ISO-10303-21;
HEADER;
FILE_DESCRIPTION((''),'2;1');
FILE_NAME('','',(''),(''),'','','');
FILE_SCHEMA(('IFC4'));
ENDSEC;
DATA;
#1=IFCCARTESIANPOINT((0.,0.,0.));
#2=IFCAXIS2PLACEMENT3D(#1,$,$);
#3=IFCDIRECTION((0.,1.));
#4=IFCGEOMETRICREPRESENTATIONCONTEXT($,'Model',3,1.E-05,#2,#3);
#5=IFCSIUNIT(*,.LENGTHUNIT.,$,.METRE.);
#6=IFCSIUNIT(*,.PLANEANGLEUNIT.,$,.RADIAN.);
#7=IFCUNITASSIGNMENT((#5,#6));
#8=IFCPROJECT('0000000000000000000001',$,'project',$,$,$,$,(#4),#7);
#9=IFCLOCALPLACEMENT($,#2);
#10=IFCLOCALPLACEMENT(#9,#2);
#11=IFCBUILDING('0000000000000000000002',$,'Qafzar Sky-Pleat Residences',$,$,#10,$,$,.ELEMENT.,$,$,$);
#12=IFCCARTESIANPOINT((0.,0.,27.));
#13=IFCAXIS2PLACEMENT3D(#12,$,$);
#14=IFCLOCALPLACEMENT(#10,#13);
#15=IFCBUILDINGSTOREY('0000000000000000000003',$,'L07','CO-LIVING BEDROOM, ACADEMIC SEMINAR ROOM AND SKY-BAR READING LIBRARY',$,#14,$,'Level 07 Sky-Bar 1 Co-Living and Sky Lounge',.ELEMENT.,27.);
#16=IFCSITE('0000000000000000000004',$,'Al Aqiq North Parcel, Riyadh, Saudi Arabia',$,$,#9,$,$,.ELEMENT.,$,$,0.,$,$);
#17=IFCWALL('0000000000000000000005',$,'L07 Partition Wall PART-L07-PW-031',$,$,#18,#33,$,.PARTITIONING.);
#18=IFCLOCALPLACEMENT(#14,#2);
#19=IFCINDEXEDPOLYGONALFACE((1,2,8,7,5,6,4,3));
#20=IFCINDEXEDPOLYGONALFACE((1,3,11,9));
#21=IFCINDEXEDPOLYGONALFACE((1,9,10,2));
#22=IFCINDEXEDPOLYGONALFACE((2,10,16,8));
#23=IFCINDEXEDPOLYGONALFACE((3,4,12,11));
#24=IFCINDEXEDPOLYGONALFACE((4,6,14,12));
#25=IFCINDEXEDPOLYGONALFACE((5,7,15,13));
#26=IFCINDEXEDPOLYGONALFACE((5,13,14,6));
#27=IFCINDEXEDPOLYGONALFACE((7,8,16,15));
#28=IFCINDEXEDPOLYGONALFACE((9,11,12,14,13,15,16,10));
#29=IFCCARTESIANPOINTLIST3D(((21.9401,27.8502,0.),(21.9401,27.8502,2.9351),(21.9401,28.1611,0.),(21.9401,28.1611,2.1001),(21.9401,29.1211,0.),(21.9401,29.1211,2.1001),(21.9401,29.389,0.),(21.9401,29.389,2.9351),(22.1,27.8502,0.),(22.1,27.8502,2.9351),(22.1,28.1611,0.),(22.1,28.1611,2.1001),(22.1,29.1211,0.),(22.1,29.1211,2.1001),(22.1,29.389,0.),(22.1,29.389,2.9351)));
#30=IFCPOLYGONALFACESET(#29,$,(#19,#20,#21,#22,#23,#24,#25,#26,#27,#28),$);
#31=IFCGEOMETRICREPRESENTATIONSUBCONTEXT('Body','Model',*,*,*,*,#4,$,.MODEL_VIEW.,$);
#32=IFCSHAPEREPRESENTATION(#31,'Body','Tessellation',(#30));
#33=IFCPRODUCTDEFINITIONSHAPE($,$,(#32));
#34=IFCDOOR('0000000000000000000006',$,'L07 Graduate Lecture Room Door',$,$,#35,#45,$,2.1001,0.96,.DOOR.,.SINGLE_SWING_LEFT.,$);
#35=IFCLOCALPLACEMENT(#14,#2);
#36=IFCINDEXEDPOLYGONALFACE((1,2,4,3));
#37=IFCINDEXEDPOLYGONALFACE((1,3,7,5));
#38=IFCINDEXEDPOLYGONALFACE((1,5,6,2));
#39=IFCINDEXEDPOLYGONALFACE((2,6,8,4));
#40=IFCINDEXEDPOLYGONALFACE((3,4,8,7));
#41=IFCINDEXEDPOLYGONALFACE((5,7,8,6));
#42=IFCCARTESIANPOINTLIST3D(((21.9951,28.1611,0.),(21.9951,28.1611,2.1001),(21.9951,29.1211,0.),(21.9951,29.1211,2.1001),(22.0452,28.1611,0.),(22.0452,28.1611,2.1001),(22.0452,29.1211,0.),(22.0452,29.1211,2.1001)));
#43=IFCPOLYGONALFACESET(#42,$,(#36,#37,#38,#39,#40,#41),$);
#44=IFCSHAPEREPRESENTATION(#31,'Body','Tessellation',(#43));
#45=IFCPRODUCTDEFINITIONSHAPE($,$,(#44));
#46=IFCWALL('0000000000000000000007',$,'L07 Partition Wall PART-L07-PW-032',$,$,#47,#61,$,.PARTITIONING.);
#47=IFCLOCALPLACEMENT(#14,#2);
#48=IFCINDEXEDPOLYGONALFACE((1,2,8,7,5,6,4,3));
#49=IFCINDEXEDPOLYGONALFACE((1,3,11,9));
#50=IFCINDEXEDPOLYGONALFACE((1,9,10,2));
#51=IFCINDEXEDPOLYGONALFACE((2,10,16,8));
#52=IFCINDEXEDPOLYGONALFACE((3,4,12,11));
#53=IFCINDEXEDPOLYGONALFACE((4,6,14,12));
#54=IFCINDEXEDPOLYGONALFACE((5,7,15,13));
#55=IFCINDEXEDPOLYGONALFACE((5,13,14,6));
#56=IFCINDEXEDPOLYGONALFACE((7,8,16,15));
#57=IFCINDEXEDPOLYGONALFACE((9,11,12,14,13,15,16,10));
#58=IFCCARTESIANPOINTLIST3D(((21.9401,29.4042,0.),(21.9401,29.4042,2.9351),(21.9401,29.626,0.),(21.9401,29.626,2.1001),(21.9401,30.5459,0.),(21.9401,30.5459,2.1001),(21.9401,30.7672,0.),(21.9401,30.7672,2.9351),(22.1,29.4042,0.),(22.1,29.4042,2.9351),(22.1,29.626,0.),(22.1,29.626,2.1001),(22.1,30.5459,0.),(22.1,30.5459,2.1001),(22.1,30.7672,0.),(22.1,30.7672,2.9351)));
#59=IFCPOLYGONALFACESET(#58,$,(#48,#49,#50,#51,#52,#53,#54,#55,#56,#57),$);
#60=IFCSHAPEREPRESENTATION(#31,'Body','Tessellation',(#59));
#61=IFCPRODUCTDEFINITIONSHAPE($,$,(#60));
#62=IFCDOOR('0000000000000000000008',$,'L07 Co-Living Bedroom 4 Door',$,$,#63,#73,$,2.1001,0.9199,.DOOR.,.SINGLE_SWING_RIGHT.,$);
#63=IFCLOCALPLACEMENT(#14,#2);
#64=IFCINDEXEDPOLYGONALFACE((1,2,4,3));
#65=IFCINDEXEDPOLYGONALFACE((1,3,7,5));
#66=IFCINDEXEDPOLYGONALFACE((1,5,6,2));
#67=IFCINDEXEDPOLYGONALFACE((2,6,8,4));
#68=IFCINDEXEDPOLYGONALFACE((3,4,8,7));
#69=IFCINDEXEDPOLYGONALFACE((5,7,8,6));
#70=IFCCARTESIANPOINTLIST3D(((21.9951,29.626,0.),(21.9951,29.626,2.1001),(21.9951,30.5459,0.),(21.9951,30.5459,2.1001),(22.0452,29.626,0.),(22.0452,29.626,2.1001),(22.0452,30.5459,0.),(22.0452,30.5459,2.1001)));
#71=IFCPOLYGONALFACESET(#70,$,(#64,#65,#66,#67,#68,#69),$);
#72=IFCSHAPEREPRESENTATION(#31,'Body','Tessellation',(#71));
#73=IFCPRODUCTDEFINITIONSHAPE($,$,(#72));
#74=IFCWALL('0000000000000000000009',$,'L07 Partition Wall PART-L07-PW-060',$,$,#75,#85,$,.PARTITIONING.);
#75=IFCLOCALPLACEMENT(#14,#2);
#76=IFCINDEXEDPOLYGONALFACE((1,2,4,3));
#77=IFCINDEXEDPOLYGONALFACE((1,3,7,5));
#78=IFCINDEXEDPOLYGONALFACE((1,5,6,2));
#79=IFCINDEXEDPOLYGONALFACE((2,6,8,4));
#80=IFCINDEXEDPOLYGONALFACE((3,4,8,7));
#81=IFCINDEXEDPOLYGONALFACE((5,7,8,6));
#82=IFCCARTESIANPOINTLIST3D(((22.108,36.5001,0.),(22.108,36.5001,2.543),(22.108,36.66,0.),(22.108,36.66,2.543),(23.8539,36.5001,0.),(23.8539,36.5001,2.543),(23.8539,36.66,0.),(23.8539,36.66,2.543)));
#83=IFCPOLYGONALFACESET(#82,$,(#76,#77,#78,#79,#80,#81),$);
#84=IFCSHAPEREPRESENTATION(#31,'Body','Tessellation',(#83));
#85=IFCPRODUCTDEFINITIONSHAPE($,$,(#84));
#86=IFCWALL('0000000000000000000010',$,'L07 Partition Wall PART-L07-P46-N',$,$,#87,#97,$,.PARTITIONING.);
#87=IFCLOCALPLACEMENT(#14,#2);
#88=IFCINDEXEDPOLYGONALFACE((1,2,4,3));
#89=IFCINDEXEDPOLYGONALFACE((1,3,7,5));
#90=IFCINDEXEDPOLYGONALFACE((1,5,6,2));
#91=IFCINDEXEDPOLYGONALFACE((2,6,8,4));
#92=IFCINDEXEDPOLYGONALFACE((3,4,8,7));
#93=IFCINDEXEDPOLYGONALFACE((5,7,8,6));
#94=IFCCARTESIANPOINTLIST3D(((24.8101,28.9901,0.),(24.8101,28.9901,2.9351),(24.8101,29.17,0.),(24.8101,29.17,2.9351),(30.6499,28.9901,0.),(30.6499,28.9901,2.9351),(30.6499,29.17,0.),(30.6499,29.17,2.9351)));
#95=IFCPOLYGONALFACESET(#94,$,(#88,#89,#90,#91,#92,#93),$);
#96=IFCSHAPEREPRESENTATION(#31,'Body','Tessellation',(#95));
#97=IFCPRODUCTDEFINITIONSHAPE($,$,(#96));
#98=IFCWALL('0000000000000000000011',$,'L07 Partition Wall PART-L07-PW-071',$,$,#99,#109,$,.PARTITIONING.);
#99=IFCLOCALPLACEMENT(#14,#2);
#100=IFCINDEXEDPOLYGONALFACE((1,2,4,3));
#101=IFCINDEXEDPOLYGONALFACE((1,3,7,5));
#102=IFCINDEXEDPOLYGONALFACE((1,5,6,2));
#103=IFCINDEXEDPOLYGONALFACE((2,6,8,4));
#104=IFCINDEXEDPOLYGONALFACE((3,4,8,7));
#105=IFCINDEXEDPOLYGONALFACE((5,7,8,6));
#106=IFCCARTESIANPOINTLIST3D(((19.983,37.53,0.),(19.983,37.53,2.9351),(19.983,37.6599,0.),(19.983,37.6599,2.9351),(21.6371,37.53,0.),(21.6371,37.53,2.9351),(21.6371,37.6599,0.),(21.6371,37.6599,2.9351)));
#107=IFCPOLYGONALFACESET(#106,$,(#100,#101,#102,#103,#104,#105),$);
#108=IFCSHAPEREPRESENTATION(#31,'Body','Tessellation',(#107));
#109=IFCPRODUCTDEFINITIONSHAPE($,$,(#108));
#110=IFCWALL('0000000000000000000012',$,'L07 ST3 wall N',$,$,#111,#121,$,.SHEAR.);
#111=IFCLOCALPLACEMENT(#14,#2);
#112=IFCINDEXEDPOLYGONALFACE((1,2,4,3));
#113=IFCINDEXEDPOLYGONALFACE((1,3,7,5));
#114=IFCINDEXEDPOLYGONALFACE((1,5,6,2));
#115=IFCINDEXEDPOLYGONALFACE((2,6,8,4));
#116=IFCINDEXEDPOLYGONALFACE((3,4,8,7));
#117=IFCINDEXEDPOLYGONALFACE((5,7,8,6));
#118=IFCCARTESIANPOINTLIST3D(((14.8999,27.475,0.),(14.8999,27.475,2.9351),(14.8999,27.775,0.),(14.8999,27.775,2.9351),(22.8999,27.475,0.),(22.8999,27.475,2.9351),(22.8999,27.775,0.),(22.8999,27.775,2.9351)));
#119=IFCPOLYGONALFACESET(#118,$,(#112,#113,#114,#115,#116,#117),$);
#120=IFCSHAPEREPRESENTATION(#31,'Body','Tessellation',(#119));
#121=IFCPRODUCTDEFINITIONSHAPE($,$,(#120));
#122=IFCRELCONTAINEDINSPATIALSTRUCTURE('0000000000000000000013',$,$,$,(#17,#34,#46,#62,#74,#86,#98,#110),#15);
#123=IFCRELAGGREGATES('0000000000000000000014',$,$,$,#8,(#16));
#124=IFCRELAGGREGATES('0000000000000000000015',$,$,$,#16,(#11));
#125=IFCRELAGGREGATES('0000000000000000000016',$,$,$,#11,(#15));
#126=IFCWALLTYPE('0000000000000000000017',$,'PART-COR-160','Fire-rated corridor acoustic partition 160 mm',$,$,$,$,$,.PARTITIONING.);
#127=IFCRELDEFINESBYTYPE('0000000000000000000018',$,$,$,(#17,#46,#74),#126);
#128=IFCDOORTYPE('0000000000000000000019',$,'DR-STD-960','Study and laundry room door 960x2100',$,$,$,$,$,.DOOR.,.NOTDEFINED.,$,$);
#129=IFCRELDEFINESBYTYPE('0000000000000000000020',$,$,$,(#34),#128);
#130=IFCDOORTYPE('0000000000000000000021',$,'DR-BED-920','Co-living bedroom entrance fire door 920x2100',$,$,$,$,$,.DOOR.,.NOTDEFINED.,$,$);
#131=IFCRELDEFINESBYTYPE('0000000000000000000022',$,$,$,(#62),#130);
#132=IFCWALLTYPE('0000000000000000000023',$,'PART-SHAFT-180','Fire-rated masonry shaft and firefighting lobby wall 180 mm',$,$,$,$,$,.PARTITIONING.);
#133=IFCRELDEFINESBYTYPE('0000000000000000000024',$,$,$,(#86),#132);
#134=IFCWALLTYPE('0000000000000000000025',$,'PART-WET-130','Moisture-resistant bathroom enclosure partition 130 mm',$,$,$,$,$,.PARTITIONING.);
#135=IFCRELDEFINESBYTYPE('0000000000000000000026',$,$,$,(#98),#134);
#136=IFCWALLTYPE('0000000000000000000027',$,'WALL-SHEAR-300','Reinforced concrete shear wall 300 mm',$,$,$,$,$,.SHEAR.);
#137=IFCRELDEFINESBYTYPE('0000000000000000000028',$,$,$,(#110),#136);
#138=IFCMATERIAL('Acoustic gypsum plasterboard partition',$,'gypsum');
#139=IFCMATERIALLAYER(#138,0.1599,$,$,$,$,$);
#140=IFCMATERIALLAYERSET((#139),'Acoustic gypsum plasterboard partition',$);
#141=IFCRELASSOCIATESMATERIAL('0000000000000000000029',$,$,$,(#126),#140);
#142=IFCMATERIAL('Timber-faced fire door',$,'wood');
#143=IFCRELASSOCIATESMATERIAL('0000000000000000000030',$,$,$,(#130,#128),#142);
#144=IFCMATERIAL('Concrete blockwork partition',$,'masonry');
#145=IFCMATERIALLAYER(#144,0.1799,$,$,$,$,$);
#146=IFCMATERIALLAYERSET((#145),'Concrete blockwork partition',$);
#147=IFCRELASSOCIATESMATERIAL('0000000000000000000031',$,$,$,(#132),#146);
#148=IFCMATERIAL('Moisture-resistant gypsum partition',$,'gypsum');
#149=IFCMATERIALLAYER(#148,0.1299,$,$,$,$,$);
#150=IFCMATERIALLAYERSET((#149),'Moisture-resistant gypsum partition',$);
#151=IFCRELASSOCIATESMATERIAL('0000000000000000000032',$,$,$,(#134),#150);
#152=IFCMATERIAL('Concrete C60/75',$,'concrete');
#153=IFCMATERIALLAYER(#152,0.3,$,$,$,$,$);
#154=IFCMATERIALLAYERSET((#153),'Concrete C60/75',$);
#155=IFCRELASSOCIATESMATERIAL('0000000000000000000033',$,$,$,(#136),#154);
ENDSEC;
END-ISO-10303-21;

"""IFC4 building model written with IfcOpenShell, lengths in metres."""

from ifc_helpers import new_model, si_unit, direction, frame, frame_2d, origin, place, context, subcontext, project, spatial, rectangle, extrude, source, transform, mapped, material, layer, layer_set, type_object, element, fill, save


model = new_model("IFC4")

# Units and contexts
model_context = context("Model", 3, precision=1e-05, world=origin(), true_north=direction((0.0, 1.0)))
body_context = subcontext(model_context, "Body", "Model", "MODEL_VIEW")
ifc_project = project(units=[si_unit("LENGTHUNIT", "METRE"), si_unit("PLANEANGLEUNIT", "RADIAN")], contexts=[model_context])

# Site, building, storey
site_placement = place(None, origin())
site = spatial("IfcSite", under=ifc_project, at=site_placement, Name="Al Aqiq North Parcel, Riyadh, Saudi Arabia", CompositionType="ELEMENT", RefElevation=0.0)
building_placement = place(site_placement, origin())
building = spatial("IfcBuilding", under=site, at=building_placement, Name="Qafzar Sky-Pleat Residences", CompositionType="ELEMENT")
storey_placement = place(building_placement, frame((0.0, 0.0, 27.0)))
storey = spatial("IfcBuildingStorey", under=building, at=storey_placement, Name="L07", Description="CO-LIVING BEDROOM, ACADEMIC SEMINAR ROOM AND SKY-BAR READING LIBRARY", LongName="Level 07 Sky-Bar 1 Co-Living and Sky Lounge", CompositionType="ELEMENT", Elevation=27.0)

# Walls, openings, doors
ifc_material_1 = material(Name="Acoustic gypsum plasterboard partition", Category="gypsum")
ifc_layer_1 = layer(ifc_material_1, 0.1599)
ifc_layer_set_1 = layer_set([ifc_layer_1], Name="Acoustic gypsum plasterboard partition")
wall_type_1 = type_object("IfcWallType", Name="PART-COR-160", Description="Fire-rated corridor acoustic partition 160 mm", PredefinedType="PARTITIONING", material=ifc_layer_set_1)
ifc_material_2 = material(Name="Timber-faced fire door", Category="wood")
door_type_1 = type_object("IfcDoorType", Name="DR-BED-920", Description="Co-living bedroom entrance fire door 920x2100", OperationType="NOTDEFINED", PredefinedType="DOOR", material=ifc_material_2)
shared_shape_1 = source(origin(), body_context, "Body", "SweptSolid", [
    extrude(rectangle(XDim=0.9199, YDim=2.1001, at=frame_2d((0.46, 1.05))), frame((0.0, 0.0249, 0.0), z_axis=(0.0, -1.0, 0.0), x_axis=(1.0, 0.0, 0.0)), (0.0, 0.0, 1.0), 0.05),
])
wall_1_placement = place(storey_placement, frame((22.02, 27.8501, 0.0), z_axis=(0.0, 0.0, 1.0), x_axis=(0.0, 1.0, 0.0)))
wall_1 = element("IfcWall", 1, at=wall_1_placement, inside=storey, type_object=wall_type_1, Name="L07 Partition Wall PART-L07-PW-031", PredefinedType="PARTITIONING", context=body_context, shape_type="SweptSolid", body=[
    extrude(rectangle(XDim=1.5388, YDim=0.1599, at=frame_2d((0.7695, 0.0))), origin(), (0.0, 0.0, 1.0), 2.9351),
])
opening_1_placement = place(wall_1_placement, frame((0.311, 0.0, 0.0)))
opening_1 = element("IfcOpeningElement", 2, at=opening_1_placement, cuts=wall_1, PredefinedType="OPENING", context=body_context, shape_type="SweptSolid", body=[
    extrude(rectangle(XDim=0.96, YDim=2.1001, at=frame_2d((0.48, 1.05))), frame((0.0, 0.0898, 0.0), z_axis=(0.0, -1.0, 0.0), x_axis=(1.0, 0.0, 0.0)), (0.0, 0.0, 1.0), 0.1799),
])
door_type_2 = type_object("IfcDoorType", Name="DR-STD-960", Description="Study and laundry room door 960x2100", OperationType="NOTDEFINED", PredefinedType="DOOR", material=ifc_material_2)
shared_shape_2 = source(origin(), body_context, "Body", "SweptSolid", [
    extrude(rectangle(XDim=0.96, YDim=2.1001, at=frame_2d((0.48, 1.05))), frame((0.0, 0.0249, 0.0), z_axis=(0.0, -1.0, 0.0), x_axis=(1.0, 0.0, 0.0)), (0.0, 0.0, 1.0), 0.05),
])
door_1_placement = place(opening_1_placement, origin())
door_1 = element("IfcDoor", 3, at=door_1_placement, inside=storey, type_object=door_type_2, Name="L07 Graduate Lecture Room Door", OperationType="SINGLE_SWING_LEFT", OverallHeight=2.1001, OverallWidth=0.96, PredefinedType="DOOR", context=body_context, shape_type="MappedRepresentation", body=[
    mapped(shared_shape_2, transform((0.0, 0.0, 0.0), x_axis=(1.0, 0.0, 0.0), y_axis=(0.0, 1.0, 0.0), z_axis=(0.0, 0.0, 1.0), scale=1.0)),
])
fill(opening_1, door_1)
wall_2_placement = place(storey_placement, frame((22.02, 29.4041, 0.0), z_axis=(0.0, 0.0, 1.0), x_axis=(0.0, 1.0, 0.0)))
wall_2 = element("IfcWall", 4, at=wall_2_placement, inside=storey, type_object=wall_type_1, Name="L07 Partition Wall PART-L07-PW-032", PredefinedType="PARTITIONING", context=body_context, shape_type="SweptSolid", body=[
    extrude(rectangle(XDim=1.363, YDim=0.1599, at=frame_2d((0.6816, 0.0))), origin(), (0.0, 0.0, 1.0), 2.9351),
])
opening_2_placement = place(wall_2_placement, frame((0.2219, 0.0, 0.0)))
opening_2 = element("IfcOpeningElement", 5, at=opening_2_placement, cuts=wall_2, PredefinedType="OPENING", context=body_context, shape_type="SweptSolid", body=[
    extrude(rectangle(XDim=0.9199, YDim=2.1001, at=frame_2d((0.46, 1.05))), frame((0.0, 0.0898, 0.0), z_axis=(0.0, -1.0, 0.0), x_axis=(1.0, 0.0, 0.0)), (0.0, 0.0, 1.0), 0.1799),
])
door_2_placement = place(opening_2_placement, origin())
door_2 = element("IfcDoor", 6, at=door_2_placement, inside=storey, type_object=door_type_1, Name="L07 Co-Living Bedroom 4 Door", OperationType="SINGLE_SWING_RIGHT", OverallHeight=2.1001, OverallWidth=0.9199, PredefinedType="DOOR", context=body_context, shape_type="MappedRepresentation", body=[
    mapped(shared_shape_1, transform((0.0, 0.0, 0.0), x_axis=(1.0, 0.0, 0.0), y_axis=(0.0, 1.0, 0.0), z_axis=(0.0, 0.0, 1.0), scale=1.0)),
])
fill(opening_2, door_2)

# Walls
wall_3_placement = place(storey_placement, frame((22.1079, 36.5801, 0.0), z_axis=(0.0, 0.0, 1.0), x_axis=(1.0, 0.0, 0.0)))
element("IfcWall", 7, at=wall_3_placement, inside=storey, type_object=wall_type_1, Name="L07 Partition Wall PART-L07-PW-060", PredefinedType="PARTITIONING", context=body_context, shape_type="SweptSolid", body=[
    extrude(rectangle(XDim=1.7458, YDim=0.1599, at=frame_2d((0.873, 0.0))), origin(), (0.0, 0.0, 1.0), 2.543),
])
ifc_material_3 = material(Name="Concrete blockwork partition", Category="masonry")
ifc_layer_2 = layer(ifc_material_3, 0.1799)
ifc_layer_set_2 = layer_set([ifc_layer_2], Name="Concrete blockwork partition")
wall_type_2 = type_object("IfcWallType", Name="PART-SHAFT-180", Description="Fire-rated masonry shaft and firefighting lobby wall 180 mm", PredefinedType="PARTITIONING", material=ifc_layer_set_2)
wall_4_placement = place(storey_placement, frame((24.8101, 29.0801, 0.0), z_axis=(0.0, 0.0, 1.0), x_axis=(1.0, 0.0, 0.0)))
element("IfcWall", 8, at=wall_4_placement, inside=storey, type_object=wall_type_2, Name="L07 Partition Wall PART-L07-P46-N", PredefinedType="PARTITIONING", context=body_context, shape_type="SweptSolid", body=[
    extrude(rectangle(XDim=5.8398, YDim=0.1799, at=frame_2d((2.9199, 0.0))), origin(), (0.0, 0.0, 1.0), 2.9351),
])
ifc_material_4 = material(Name="Moisture-resistant gypsum partition", Category="gypsum")
ifc_layer_3 = layer(ifc_material_4, 0.1299)
ifc_layer_set_3 = layer_set([ifc_layer_3], Name="Moisture-resistant gypsum partition")
wall_type_3 = type_object("IfcWallType", Name="PART-WET-130", Description="Moisture-resistant bathroom enclosure partition 130 mm", PredefinedType="PARTITIONING", material=ifc_layer_set_3)
wall_5_placement = place(storey_placement, frame((19.9829, 37.595, 0.0), z_axis=(0.0, 0.0, 1.0), x_axis=(1.0, 0.0, 0.0)))
element("IfcWall", 9, at=wall_5_placement, inside=storey, type_object=wall_type_3, Name="L07 Partition Wall PART-L07-PW-071", PredefinedType="PARTITIONING", context=body_context, shape_type="SweptSolid", body=[
    extrude(rectangle(XDim=1.6541, YDim=0.1299, at=frame_2d((0.8271, 0.0))), origin(), (0.0, 0.0, 1.0), 2.9351),
])

# Shared definitions
ifc_material_5 = material(Name="Concrete C60/75", Category="concrete")
ifc_layer_4 = layer(ifc_material_5, 0.3)
ifc_layer_set_4 = layer_set([ifc_layer_4], Name="Concrete C60/75")
wall_type_4 = type_object("IfcWallType", Name="WALL-SHEAR-300", Description="Reinforced concrete shear wall 300 mm", PredefinedType="SHEAR", material=ifc_layer_set_4)

# Wall
wall_6_placement = place(storey_placement, frame((22.8999, 27.625, 0.0), z_axis=(0.0, 0.0, 1.0), x_axis=(-1.0, 0.0, 0.0)))
element("IfcWall", 10, at=wall_6_placement, inside=storey, type_object=wall_type_4, Name="L07 ST3 wall N", PredefinedType="SHEAR", context=body_context, shape_type="SweptSolid", body=[
    extrude(rectangle(XDim=8.0, YDim=0.3, at=frame_2d((4.0, 0.0))), origin(), (0.0, 0.0, 1.0), 2.9351),
])

save(model, "model.ifc")
